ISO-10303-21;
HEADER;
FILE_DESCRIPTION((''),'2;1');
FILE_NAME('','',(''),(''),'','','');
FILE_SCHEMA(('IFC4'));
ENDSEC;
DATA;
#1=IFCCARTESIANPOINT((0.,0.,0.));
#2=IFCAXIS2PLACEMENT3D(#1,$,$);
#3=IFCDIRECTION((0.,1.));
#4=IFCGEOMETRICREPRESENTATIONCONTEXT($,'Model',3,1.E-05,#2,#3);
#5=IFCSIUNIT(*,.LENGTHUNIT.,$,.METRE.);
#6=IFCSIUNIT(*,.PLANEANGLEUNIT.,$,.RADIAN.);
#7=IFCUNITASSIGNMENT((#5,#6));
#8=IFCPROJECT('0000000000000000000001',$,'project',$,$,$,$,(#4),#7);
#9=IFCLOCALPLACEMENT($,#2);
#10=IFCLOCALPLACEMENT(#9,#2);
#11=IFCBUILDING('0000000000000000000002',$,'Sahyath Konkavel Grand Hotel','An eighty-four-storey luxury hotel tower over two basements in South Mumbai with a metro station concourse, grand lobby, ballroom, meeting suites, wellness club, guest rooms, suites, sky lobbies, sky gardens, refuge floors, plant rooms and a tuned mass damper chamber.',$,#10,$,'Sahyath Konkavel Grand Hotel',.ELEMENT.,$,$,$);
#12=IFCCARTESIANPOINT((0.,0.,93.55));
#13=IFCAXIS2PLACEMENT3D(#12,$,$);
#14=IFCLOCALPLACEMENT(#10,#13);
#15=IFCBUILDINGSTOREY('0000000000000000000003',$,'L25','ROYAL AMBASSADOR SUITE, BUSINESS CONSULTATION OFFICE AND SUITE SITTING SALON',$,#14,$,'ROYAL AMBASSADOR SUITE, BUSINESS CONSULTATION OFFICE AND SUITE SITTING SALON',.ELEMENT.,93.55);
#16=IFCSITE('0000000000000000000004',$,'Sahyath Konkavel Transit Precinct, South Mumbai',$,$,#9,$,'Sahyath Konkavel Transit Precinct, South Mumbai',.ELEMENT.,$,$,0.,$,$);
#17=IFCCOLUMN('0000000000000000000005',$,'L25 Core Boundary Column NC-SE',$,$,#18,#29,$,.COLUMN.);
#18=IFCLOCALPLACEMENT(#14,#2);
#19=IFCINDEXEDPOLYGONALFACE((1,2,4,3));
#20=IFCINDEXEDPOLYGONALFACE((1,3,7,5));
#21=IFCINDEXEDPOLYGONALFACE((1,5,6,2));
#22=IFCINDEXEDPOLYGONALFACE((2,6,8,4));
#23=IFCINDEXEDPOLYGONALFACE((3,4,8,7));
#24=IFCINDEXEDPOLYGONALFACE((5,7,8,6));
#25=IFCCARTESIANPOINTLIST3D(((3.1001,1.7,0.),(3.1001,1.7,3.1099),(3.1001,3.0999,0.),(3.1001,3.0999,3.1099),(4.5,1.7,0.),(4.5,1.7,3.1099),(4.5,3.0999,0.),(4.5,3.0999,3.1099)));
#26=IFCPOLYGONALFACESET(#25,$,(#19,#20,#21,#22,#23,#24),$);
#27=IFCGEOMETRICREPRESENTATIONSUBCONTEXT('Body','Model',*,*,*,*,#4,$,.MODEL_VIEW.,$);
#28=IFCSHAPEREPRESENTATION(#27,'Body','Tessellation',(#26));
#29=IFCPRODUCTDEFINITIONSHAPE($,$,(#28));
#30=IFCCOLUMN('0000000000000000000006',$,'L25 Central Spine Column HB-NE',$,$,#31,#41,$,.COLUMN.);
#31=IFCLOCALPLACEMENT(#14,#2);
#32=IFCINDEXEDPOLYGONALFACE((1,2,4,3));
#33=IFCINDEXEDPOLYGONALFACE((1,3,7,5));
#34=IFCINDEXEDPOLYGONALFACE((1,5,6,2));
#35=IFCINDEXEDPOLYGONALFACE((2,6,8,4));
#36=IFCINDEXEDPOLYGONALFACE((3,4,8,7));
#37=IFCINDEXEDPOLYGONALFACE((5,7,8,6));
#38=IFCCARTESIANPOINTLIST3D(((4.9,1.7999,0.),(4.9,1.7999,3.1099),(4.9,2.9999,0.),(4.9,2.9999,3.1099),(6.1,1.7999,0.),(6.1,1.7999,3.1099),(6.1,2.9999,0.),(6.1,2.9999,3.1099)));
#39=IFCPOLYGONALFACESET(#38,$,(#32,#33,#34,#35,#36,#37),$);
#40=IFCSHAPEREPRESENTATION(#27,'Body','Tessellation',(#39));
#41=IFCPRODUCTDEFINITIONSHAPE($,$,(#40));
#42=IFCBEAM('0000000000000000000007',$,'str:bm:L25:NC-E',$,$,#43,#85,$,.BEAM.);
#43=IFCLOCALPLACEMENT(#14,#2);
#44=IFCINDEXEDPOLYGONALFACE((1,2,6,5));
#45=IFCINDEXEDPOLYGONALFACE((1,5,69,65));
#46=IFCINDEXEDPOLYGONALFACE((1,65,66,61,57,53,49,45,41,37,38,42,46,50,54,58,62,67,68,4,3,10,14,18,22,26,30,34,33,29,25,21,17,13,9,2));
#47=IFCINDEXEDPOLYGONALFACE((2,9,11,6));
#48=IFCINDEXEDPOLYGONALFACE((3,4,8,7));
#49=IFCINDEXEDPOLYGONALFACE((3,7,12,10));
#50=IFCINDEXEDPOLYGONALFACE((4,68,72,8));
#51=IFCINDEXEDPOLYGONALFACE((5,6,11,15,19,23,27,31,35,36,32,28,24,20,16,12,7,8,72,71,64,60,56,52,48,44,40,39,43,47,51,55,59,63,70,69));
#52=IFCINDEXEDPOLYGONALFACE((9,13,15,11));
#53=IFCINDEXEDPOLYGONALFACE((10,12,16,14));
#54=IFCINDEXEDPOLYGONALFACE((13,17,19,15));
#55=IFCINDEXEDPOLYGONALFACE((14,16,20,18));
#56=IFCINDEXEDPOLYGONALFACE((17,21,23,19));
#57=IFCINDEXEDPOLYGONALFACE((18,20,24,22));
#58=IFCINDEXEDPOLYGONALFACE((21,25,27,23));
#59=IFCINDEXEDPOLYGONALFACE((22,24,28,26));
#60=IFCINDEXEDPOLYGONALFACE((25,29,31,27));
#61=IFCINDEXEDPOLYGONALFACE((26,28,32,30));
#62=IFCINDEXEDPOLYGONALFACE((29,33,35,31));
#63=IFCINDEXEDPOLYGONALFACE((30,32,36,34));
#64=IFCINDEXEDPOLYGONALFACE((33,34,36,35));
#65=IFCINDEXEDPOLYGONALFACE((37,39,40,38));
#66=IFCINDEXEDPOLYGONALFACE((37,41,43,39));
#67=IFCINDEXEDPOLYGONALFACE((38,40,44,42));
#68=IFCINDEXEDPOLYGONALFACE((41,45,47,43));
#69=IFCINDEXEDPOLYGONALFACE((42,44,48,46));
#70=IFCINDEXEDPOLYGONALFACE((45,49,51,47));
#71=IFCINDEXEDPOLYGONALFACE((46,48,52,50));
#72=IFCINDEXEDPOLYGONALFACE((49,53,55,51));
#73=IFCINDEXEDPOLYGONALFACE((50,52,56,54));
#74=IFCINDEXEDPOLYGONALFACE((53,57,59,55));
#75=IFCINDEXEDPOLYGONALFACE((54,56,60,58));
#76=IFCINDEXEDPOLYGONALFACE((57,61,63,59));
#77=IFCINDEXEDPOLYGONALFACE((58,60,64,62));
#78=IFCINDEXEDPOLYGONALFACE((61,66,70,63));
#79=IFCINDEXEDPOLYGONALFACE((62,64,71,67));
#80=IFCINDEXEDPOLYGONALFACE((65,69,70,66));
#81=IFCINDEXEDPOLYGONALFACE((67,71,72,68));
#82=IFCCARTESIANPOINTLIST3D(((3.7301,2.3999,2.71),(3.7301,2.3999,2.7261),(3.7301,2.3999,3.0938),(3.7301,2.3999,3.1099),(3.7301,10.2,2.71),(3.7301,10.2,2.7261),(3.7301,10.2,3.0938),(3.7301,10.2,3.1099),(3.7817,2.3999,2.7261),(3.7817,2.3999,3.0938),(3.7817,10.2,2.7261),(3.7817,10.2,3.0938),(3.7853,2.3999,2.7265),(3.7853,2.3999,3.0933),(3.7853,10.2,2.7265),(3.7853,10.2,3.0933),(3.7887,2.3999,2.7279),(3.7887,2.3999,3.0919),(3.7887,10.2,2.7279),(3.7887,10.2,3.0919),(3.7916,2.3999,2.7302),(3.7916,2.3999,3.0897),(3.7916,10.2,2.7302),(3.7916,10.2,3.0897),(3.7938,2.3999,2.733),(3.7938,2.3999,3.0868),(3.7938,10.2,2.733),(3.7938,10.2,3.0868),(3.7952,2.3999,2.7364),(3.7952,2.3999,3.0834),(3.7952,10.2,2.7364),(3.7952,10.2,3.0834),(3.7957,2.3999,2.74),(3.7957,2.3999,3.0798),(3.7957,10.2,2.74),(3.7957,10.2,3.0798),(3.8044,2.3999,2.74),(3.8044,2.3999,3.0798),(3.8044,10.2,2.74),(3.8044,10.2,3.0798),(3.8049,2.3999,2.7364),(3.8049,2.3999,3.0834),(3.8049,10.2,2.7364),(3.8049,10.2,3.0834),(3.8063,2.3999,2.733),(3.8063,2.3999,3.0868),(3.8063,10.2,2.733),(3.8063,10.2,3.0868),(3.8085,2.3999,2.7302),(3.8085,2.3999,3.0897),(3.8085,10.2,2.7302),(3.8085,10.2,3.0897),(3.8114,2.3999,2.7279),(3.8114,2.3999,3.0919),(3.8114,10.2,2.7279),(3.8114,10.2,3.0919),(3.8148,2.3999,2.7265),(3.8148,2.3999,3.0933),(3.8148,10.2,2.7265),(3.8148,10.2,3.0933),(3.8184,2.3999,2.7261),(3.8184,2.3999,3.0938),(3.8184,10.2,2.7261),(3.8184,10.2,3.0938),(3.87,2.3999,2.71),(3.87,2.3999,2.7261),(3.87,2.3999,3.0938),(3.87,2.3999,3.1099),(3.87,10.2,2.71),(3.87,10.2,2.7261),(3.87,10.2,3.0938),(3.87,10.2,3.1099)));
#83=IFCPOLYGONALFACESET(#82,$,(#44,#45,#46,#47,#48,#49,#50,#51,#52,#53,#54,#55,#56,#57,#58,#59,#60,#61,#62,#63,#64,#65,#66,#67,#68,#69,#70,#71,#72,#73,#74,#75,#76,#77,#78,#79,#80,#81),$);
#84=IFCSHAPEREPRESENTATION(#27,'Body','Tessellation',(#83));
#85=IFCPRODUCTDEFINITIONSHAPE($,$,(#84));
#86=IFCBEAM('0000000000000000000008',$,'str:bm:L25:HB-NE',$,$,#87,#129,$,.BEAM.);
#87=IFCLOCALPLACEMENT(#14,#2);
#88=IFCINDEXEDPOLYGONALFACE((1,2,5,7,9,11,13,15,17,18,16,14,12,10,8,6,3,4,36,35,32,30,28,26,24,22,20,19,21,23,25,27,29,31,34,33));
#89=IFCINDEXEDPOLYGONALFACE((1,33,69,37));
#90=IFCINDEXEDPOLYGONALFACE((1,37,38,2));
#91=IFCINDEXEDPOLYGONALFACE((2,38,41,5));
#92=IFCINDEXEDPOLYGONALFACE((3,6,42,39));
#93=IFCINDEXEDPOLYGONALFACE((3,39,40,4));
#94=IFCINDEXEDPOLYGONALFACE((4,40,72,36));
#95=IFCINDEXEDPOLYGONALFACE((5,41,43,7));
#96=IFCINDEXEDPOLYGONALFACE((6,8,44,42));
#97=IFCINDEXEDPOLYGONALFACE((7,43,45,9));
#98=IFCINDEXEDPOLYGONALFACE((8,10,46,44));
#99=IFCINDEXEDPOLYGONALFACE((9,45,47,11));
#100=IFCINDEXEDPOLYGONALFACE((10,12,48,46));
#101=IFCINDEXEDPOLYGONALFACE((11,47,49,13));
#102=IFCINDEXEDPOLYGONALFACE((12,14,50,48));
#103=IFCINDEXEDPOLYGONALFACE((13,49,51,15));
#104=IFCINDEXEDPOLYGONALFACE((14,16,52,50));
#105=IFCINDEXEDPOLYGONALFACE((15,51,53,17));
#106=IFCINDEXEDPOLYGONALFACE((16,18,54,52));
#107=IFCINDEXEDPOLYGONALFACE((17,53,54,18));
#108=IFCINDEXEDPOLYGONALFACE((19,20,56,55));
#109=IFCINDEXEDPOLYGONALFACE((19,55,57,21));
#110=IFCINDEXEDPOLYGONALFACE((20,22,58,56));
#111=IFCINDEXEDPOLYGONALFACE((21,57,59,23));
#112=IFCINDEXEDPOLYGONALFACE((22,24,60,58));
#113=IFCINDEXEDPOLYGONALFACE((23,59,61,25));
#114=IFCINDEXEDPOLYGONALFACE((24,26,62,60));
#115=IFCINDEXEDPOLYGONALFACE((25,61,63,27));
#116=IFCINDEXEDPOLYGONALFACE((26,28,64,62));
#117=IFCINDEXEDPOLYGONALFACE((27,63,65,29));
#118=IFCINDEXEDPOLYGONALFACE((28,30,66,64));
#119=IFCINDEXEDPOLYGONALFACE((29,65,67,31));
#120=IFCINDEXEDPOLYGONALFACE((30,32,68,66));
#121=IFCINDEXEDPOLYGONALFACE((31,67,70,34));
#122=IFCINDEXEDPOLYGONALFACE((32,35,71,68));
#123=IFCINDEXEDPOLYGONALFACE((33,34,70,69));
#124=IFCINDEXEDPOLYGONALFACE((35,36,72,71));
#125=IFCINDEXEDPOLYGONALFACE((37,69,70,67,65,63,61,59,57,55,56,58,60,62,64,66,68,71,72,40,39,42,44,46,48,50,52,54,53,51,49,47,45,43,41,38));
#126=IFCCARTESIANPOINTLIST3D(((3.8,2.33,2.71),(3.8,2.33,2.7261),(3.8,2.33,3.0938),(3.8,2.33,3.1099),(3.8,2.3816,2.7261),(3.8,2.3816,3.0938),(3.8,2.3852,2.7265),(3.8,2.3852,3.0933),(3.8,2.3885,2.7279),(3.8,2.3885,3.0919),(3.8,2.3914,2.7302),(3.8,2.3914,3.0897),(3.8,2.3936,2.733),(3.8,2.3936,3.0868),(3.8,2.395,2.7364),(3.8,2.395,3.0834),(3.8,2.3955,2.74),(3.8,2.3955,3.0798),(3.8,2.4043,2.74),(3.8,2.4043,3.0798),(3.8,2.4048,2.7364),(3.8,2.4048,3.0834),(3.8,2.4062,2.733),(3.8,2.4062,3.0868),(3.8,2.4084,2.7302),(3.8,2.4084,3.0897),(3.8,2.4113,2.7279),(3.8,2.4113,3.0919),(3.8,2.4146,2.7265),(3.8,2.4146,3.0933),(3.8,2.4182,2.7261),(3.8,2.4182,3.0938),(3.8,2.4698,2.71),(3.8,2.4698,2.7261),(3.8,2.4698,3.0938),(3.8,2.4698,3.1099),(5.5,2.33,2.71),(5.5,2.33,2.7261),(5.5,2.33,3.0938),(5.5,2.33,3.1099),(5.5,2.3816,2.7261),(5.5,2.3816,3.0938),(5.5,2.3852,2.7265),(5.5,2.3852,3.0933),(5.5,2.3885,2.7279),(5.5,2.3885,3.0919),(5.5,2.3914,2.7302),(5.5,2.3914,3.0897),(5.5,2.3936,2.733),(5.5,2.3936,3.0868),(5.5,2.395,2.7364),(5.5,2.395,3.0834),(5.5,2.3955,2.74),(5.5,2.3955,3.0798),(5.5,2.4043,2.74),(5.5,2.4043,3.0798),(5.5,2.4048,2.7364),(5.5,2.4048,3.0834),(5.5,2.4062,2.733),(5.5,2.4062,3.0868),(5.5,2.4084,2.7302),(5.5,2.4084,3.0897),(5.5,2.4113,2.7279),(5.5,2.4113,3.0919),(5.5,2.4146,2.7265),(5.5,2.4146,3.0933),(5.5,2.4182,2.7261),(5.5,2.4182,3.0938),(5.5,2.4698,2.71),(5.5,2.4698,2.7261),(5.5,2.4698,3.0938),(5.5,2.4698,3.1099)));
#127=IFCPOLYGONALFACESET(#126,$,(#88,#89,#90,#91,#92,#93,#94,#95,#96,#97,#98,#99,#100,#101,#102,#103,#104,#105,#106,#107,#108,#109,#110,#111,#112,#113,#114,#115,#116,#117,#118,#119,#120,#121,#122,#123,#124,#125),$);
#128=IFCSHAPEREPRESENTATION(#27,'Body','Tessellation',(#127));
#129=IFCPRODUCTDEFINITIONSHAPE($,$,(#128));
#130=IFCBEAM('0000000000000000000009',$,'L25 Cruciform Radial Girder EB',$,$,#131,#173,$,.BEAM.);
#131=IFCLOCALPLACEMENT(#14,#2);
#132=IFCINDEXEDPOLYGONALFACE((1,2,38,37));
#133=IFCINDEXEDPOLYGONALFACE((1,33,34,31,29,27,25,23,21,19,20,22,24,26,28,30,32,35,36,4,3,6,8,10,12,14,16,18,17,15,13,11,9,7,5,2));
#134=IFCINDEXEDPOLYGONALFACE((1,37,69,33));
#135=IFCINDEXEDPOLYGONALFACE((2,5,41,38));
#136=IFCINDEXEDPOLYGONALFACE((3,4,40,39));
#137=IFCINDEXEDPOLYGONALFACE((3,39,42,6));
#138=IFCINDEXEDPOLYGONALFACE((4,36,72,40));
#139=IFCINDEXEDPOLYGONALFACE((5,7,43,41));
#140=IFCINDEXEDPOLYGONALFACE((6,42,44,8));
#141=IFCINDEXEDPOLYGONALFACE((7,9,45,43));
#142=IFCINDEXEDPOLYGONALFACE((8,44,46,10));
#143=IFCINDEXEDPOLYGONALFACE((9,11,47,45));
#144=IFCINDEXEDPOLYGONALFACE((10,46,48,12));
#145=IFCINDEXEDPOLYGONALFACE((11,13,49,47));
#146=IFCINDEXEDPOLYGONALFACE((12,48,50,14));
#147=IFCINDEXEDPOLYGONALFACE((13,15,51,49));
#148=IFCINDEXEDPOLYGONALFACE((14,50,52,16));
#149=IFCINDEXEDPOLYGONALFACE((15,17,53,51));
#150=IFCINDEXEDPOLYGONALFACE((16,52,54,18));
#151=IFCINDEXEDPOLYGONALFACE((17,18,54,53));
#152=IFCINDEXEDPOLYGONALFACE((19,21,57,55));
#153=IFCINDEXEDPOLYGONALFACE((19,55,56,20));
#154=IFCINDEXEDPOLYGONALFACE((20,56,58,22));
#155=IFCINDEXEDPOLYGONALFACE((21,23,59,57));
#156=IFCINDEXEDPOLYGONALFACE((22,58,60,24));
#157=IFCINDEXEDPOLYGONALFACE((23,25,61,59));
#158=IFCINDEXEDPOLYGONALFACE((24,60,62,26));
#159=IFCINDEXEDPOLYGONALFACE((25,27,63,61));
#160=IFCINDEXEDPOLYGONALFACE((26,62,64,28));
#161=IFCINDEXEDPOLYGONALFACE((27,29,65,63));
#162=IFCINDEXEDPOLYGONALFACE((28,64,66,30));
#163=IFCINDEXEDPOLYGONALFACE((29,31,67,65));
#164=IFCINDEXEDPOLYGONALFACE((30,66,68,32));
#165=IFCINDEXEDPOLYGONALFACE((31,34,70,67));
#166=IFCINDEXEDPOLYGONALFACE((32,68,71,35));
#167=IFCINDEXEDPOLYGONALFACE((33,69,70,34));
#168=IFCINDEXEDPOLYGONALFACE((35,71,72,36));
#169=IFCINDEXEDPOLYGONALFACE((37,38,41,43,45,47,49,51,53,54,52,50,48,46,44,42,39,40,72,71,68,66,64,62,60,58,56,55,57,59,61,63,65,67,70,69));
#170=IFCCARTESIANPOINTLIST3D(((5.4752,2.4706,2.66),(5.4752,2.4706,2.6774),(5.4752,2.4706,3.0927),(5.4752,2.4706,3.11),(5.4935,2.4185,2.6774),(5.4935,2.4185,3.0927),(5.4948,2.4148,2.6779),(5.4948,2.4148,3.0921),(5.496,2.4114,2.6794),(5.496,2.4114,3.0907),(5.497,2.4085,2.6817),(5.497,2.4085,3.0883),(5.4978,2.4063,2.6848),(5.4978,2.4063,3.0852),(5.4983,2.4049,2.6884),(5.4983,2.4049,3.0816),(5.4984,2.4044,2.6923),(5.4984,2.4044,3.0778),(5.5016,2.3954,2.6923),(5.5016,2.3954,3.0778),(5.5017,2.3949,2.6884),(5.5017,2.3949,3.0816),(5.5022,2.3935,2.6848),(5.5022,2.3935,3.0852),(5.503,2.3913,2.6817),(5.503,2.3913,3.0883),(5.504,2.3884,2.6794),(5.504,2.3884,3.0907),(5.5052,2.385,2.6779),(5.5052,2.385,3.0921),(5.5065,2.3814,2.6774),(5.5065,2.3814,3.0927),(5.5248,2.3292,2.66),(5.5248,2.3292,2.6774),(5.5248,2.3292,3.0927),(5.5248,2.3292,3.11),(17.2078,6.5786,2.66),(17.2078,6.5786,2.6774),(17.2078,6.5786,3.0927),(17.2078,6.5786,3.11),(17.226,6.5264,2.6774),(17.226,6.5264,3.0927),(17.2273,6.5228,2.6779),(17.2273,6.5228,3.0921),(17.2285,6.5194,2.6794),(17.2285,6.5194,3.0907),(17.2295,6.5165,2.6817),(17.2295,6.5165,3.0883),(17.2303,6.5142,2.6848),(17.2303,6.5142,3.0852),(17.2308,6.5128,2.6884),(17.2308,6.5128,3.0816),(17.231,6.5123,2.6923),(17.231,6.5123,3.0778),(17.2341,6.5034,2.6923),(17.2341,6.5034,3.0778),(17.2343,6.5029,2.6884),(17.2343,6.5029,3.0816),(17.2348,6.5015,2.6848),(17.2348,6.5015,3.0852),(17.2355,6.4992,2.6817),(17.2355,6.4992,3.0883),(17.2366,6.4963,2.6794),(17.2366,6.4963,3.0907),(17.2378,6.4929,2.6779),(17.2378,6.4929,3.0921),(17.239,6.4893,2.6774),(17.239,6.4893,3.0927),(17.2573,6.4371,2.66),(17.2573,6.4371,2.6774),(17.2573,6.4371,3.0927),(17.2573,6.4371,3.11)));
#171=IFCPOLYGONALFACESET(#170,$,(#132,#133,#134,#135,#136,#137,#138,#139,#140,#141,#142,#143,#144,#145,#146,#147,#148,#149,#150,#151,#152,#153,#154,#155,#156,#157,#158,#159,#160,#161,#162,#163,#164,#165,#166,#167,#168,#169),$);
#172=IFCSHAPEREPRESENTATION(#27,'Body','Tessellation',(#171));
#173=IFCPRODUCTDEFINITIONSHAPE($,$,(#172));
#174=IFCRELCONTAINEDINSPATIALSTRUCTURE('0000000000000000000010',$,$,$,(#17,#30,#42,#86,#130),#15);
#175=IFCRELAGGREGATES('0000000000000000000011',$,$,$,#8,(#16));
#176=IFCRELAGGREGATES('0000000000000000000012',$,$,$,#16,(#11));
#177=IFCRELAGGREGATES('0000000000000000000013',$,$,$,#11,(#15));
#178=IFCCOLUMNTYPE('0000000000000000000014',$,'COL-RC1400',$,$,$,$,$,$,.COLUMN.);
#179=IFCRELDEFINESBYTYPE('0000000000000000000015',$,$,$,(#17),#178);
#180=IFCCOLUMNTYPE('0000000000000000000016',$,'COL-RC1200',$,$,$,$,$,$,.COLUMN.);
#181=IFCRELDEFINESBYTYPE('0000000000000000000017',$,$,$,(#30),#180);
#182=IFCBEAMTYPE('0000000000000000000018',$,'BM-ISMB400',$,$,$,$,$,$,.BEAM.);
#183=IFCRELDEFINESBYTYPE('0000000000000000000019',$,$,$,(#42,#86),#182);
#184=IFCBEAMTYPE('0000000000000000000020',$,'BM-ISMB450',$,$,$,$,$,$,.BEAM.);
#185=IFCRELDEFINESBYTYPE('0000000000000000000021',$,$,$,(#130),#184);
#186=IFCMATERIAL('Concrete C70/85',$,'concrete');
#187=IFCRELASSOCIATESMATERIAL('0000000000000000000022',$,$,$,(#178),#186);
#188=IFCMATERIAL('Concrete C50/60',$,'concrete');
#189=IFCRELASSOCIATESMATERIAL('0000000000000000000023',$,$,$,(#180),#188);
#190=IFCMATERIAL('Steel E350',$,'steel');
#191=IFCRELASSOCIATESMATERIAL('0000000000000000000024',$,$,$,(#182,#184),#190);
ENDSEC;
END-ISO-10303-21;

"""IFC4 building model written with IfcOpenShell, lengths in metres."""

from ifc_helpers import new_model, si_unit, direction, frame, origin, origin_2d, place, context, subcontext, project, spatial, rectangle, i_section, extrude, source, transform, mapped, material, material_profile, profile_set, type_object, element, save


model = new_model("IFC4")

# Units and contexts
model_context = context("Model", 3, precision=1e-05, world=origin(), true_north=direction((0.0, 1.0)))
body_context = subcontext(model_context, "Body", "Model", "MODEL_VIEW")
ifc_project = project(units=[si_unit("LENGTHUNIT", "METRE"), si_unit("PLANEANGLEUNIT", "RADIAN")], contexts=[model_context])

# Site, building, storey
site_placement = place(None, origin())
site = spatial("IfcSite", under=ifc_project, at=site_placement, Name="Sahyath Konkavel Transit Precinct, South Mumbai", LongName="Sahyath Konkavel Transit Precinct, South Mumbai", CompositionType="ELEMENT", RefElevation=0.0)
building_placement = place(site_placement, origin())
building = spatial("IfcBuilding", under=site, at=building_placement, Name="Sahyath Konkavel Grand Hotel", Description="An eighty-four-storey luxury hotel tower over two basements in South Mumbai with a metro station concourse, grand lobby, ballroom, meeting suites, wellness club, guest rooms, suites, sky lobbies, sky gardens, refuge floors, plant rooms and a tuned mass damper chamber.", LongName="Sahyath Konkavel Grand Hotel", CompositionType="ELEMENT")
storey_placement = place(building_placement, frame((0.0, 0.0, 93.55)))
storey = spatial("IfcBuildingStorey", under=building, at=storey_placement, Name="L25", Description="ROYAL AMBASSADOR SUITE, BUSINESS CONSULTATION OFFICE AND SUITE SITTING SALON", LongName="ROYAL AMBASSADOR SUITE, BUSINESS CONSULTATION OFFICE AND SUITE SITTING SALON", CompositionType="ELEMENT", Elevation=93.55)

# Columns
ifc_material_1 = material(Name="Concrete C70/85", Category="concrete")
ifc_material_profile_1 = material_profile(ifc_material_1, rectangle(XDim=1.3999, YDim=1.3999, at=origin_2d()), Name="RC 1400x1400")
ifc_profile_set_1 = profile_set([ifc_material_profile_1], Name="Concrete C70/85")
column_type_1 = type_object("IfcColumnType", Name="COL-RC1400", PredefinedType="COLUMN", material=ifc_profile_set_1)
shared_shape_1 = source(origin(), body_context, "Body", "SweptSolid", [
    extrude(rectangle(XDim=1.3999, YDim=1.3999, at=origin_2d()), origin(), (0.0, 0.0, 1.0), 3.1099),
])
column_1_placement = place(storey_placement, frame((3.8, 2.3999, 0.0), z_axis=(0.0, 0.0, 1.0), x_axis=(1.0, 0.0, 0.0)))
element("IfcColumn", 1, at=column_1_placement, inside=storey, type_object=column_type_1, Name="L25 Core Boundary Column NC-SE", PredefinedType="COLUMN", context=body_context, shape_type="MappedRepresentation", body=[
    mapped(shared_shape_1, transform((0.0, 0.0, 0.0), scale=1.0)),
])
ifc_material_2 = material(Name="Concrete C50/60", Category="concrete")
ifc_material_profile_2 = material_profile(ifc_material_2, rectangle(XDim=1.2, YDim=1.2, at=origin_2d()), Name="RC 1200x1200")
ifc_profile_set_2 = profile_set([ifc_material_profile_2], Name="Concrete C50/60")
column_type_2 = type_object("IfcColumnType", Name="COL-RC1200", PredefinedType="COLUMN", material=ifc_profile_set_2)
shared_shape_2 = source(origin(), body_context, "Body", "SweptSolid", [
    extrude(rectangle(XDim=1.2, YDim=1.2, at=origin_2d()), origin(), (0.0, 0.0, 1.0), 3.1099),
])
column_2_placement = place(storey_placement, frame((5.5, 2.3999, 0.0), z_axis=(0.0, 0.0, 1.0), x_axis=(1.0, 0.0, 0.0)))
element("IfcColumn", 2, at=column_2_placement, inside=storey, type_object=column_type_2, Name="L25 Central Spine Column HB-NE", PredefinedType="COLUMN", context=body_context, shape_type="MappedRepresentation", body=[
    mapped(shared_shape_2, transform((0.0, 0.0, 0.0), scale=1.0)),
])

# Beams
ifc_material_3 = material(Name="Steel E350", Category="steel")
ifc_material_profile_3 = material_profile(ifc_material_3, i_section(OverallWidth=0.1399, OverallDepth=0.3999, WebThickness=0.0088, FlangeThickness=0.0161, FilletRadius=0.0139, at=origin_2d()), Name="ISMB 400")
ifc_profile_set_3 = profile_set([ifc_material_profile_3], Name="Steel E350")
beam_type_1 = type_object("IfcBeamType", Name="BM-ISMB400", PredefinedType="BEAM", material=ifc_profile_set_3)
shared_shape_3 = source(origin(), body_context, "Body", "SweptSolid", [
    extrude(i_section(OverallWidth=0.1399, OverallDepth=0.3999, WebThickness=0.0088, FlangeThickness=0.0161, FilletRadius=0.0139, at=origin_2d()), origin(), (0.0, 0.0, 1.0), 7.8),
])
beam_1_placement = place(storey_placement, frame((3.8, 2.3999, 2.9099), z_axis=(0.0, 1.0, 0.0), x_axis=(-1.0, 0.0, 0.0)))
element("IfcBeam", 3, at=beam_1_placement, inside=storey, type_object=beam_type_1, Name="str:bm:L25:NC-E", PredefinedType="BEAM", context=body_context, shape_type="MappedRepresentation", body=[
    mapped(shared_shape_3, transform((0.0, 0.0, 0.0), scale=1.0)),
])
shared_shape_4 = source(origin(), body_context, "Body", "SweptSolid", [
    extrude(i_section(OverallWidth=0.1399, OverallDepth=0.3999, WebThickness=0.0088, FlangeThickness=0.0161, FilletRadius=0.0139, at=origin_2d()), origin(), (0.0, 0.0, 1.0), 1.7),
])
beam_2_placement = place(storey_placement, frame((3.8, 2.3999, 2.9099), z_axis=(1.0, 0.0, 0.0), x_axis=(0.0, 1.0, 0.0)))
element("IfcBeam", 4, at=beam_2_placement, inside=storey, type_object=beam_type_1, Name="str:bm:L25:HB-NE", PredefinedType="BEAM", context=body_context, shape_type="MappedRepresentation", body=[
    mapped(shared_shape_4, transform((0.0, 0.0, 0.0), scale=1.0)),
])
ifc_material_profile_4 = material_profile(ifc_material_3, i_section(OverallWidth=0.1499, OverallDepth=0.45, WebThickness=0.0095, FlangeThickness=0.0173, FilletRadius=0.0149, at=origin_2d()), Name="ISMB 450")
ifc_profile_set_4 = profile_set([ifc_material_profile_4], Name="Steel E350")
beam_type_2 = type_object("IfcBeamType", Name="BM-ISMB450", PredefinedType="BEAM", material=ifc_profile_set_4)
shared_shape_5 = source(origin(), body_context, "Body", "SweptSolid", [
    extrude(i_section(OverallWidth=0.1499, OverallDepth=0.45, WebThickness=0.0095, FlangeThickness=0.0173, FilletRadius=0.0149, at=origin_2d()), origin(), (0.0, 0.0, 1.0), 12.4309),
])
beam_3_placement = place(storey_placement, frame((5.5, 2.3999, 2.885), z_axis=(0.943819, 0.330462, 0.0), x_axis=(-0.330462, 0.943819, 0.0)))
element("IfcBeam", 5, at=beam_3_placement, inside=storey, type_object=beam_type_2, Name="L25 Cruciform Radial Girder EB", PredefinedType="BEAM", context=body_context, shape_type="MappedRepresentation", body=[
    mapped(shared_shape_5, transform((0.0, 0.0, 0.0), scale=1.0)),
])

save(model, "model.ifc")
